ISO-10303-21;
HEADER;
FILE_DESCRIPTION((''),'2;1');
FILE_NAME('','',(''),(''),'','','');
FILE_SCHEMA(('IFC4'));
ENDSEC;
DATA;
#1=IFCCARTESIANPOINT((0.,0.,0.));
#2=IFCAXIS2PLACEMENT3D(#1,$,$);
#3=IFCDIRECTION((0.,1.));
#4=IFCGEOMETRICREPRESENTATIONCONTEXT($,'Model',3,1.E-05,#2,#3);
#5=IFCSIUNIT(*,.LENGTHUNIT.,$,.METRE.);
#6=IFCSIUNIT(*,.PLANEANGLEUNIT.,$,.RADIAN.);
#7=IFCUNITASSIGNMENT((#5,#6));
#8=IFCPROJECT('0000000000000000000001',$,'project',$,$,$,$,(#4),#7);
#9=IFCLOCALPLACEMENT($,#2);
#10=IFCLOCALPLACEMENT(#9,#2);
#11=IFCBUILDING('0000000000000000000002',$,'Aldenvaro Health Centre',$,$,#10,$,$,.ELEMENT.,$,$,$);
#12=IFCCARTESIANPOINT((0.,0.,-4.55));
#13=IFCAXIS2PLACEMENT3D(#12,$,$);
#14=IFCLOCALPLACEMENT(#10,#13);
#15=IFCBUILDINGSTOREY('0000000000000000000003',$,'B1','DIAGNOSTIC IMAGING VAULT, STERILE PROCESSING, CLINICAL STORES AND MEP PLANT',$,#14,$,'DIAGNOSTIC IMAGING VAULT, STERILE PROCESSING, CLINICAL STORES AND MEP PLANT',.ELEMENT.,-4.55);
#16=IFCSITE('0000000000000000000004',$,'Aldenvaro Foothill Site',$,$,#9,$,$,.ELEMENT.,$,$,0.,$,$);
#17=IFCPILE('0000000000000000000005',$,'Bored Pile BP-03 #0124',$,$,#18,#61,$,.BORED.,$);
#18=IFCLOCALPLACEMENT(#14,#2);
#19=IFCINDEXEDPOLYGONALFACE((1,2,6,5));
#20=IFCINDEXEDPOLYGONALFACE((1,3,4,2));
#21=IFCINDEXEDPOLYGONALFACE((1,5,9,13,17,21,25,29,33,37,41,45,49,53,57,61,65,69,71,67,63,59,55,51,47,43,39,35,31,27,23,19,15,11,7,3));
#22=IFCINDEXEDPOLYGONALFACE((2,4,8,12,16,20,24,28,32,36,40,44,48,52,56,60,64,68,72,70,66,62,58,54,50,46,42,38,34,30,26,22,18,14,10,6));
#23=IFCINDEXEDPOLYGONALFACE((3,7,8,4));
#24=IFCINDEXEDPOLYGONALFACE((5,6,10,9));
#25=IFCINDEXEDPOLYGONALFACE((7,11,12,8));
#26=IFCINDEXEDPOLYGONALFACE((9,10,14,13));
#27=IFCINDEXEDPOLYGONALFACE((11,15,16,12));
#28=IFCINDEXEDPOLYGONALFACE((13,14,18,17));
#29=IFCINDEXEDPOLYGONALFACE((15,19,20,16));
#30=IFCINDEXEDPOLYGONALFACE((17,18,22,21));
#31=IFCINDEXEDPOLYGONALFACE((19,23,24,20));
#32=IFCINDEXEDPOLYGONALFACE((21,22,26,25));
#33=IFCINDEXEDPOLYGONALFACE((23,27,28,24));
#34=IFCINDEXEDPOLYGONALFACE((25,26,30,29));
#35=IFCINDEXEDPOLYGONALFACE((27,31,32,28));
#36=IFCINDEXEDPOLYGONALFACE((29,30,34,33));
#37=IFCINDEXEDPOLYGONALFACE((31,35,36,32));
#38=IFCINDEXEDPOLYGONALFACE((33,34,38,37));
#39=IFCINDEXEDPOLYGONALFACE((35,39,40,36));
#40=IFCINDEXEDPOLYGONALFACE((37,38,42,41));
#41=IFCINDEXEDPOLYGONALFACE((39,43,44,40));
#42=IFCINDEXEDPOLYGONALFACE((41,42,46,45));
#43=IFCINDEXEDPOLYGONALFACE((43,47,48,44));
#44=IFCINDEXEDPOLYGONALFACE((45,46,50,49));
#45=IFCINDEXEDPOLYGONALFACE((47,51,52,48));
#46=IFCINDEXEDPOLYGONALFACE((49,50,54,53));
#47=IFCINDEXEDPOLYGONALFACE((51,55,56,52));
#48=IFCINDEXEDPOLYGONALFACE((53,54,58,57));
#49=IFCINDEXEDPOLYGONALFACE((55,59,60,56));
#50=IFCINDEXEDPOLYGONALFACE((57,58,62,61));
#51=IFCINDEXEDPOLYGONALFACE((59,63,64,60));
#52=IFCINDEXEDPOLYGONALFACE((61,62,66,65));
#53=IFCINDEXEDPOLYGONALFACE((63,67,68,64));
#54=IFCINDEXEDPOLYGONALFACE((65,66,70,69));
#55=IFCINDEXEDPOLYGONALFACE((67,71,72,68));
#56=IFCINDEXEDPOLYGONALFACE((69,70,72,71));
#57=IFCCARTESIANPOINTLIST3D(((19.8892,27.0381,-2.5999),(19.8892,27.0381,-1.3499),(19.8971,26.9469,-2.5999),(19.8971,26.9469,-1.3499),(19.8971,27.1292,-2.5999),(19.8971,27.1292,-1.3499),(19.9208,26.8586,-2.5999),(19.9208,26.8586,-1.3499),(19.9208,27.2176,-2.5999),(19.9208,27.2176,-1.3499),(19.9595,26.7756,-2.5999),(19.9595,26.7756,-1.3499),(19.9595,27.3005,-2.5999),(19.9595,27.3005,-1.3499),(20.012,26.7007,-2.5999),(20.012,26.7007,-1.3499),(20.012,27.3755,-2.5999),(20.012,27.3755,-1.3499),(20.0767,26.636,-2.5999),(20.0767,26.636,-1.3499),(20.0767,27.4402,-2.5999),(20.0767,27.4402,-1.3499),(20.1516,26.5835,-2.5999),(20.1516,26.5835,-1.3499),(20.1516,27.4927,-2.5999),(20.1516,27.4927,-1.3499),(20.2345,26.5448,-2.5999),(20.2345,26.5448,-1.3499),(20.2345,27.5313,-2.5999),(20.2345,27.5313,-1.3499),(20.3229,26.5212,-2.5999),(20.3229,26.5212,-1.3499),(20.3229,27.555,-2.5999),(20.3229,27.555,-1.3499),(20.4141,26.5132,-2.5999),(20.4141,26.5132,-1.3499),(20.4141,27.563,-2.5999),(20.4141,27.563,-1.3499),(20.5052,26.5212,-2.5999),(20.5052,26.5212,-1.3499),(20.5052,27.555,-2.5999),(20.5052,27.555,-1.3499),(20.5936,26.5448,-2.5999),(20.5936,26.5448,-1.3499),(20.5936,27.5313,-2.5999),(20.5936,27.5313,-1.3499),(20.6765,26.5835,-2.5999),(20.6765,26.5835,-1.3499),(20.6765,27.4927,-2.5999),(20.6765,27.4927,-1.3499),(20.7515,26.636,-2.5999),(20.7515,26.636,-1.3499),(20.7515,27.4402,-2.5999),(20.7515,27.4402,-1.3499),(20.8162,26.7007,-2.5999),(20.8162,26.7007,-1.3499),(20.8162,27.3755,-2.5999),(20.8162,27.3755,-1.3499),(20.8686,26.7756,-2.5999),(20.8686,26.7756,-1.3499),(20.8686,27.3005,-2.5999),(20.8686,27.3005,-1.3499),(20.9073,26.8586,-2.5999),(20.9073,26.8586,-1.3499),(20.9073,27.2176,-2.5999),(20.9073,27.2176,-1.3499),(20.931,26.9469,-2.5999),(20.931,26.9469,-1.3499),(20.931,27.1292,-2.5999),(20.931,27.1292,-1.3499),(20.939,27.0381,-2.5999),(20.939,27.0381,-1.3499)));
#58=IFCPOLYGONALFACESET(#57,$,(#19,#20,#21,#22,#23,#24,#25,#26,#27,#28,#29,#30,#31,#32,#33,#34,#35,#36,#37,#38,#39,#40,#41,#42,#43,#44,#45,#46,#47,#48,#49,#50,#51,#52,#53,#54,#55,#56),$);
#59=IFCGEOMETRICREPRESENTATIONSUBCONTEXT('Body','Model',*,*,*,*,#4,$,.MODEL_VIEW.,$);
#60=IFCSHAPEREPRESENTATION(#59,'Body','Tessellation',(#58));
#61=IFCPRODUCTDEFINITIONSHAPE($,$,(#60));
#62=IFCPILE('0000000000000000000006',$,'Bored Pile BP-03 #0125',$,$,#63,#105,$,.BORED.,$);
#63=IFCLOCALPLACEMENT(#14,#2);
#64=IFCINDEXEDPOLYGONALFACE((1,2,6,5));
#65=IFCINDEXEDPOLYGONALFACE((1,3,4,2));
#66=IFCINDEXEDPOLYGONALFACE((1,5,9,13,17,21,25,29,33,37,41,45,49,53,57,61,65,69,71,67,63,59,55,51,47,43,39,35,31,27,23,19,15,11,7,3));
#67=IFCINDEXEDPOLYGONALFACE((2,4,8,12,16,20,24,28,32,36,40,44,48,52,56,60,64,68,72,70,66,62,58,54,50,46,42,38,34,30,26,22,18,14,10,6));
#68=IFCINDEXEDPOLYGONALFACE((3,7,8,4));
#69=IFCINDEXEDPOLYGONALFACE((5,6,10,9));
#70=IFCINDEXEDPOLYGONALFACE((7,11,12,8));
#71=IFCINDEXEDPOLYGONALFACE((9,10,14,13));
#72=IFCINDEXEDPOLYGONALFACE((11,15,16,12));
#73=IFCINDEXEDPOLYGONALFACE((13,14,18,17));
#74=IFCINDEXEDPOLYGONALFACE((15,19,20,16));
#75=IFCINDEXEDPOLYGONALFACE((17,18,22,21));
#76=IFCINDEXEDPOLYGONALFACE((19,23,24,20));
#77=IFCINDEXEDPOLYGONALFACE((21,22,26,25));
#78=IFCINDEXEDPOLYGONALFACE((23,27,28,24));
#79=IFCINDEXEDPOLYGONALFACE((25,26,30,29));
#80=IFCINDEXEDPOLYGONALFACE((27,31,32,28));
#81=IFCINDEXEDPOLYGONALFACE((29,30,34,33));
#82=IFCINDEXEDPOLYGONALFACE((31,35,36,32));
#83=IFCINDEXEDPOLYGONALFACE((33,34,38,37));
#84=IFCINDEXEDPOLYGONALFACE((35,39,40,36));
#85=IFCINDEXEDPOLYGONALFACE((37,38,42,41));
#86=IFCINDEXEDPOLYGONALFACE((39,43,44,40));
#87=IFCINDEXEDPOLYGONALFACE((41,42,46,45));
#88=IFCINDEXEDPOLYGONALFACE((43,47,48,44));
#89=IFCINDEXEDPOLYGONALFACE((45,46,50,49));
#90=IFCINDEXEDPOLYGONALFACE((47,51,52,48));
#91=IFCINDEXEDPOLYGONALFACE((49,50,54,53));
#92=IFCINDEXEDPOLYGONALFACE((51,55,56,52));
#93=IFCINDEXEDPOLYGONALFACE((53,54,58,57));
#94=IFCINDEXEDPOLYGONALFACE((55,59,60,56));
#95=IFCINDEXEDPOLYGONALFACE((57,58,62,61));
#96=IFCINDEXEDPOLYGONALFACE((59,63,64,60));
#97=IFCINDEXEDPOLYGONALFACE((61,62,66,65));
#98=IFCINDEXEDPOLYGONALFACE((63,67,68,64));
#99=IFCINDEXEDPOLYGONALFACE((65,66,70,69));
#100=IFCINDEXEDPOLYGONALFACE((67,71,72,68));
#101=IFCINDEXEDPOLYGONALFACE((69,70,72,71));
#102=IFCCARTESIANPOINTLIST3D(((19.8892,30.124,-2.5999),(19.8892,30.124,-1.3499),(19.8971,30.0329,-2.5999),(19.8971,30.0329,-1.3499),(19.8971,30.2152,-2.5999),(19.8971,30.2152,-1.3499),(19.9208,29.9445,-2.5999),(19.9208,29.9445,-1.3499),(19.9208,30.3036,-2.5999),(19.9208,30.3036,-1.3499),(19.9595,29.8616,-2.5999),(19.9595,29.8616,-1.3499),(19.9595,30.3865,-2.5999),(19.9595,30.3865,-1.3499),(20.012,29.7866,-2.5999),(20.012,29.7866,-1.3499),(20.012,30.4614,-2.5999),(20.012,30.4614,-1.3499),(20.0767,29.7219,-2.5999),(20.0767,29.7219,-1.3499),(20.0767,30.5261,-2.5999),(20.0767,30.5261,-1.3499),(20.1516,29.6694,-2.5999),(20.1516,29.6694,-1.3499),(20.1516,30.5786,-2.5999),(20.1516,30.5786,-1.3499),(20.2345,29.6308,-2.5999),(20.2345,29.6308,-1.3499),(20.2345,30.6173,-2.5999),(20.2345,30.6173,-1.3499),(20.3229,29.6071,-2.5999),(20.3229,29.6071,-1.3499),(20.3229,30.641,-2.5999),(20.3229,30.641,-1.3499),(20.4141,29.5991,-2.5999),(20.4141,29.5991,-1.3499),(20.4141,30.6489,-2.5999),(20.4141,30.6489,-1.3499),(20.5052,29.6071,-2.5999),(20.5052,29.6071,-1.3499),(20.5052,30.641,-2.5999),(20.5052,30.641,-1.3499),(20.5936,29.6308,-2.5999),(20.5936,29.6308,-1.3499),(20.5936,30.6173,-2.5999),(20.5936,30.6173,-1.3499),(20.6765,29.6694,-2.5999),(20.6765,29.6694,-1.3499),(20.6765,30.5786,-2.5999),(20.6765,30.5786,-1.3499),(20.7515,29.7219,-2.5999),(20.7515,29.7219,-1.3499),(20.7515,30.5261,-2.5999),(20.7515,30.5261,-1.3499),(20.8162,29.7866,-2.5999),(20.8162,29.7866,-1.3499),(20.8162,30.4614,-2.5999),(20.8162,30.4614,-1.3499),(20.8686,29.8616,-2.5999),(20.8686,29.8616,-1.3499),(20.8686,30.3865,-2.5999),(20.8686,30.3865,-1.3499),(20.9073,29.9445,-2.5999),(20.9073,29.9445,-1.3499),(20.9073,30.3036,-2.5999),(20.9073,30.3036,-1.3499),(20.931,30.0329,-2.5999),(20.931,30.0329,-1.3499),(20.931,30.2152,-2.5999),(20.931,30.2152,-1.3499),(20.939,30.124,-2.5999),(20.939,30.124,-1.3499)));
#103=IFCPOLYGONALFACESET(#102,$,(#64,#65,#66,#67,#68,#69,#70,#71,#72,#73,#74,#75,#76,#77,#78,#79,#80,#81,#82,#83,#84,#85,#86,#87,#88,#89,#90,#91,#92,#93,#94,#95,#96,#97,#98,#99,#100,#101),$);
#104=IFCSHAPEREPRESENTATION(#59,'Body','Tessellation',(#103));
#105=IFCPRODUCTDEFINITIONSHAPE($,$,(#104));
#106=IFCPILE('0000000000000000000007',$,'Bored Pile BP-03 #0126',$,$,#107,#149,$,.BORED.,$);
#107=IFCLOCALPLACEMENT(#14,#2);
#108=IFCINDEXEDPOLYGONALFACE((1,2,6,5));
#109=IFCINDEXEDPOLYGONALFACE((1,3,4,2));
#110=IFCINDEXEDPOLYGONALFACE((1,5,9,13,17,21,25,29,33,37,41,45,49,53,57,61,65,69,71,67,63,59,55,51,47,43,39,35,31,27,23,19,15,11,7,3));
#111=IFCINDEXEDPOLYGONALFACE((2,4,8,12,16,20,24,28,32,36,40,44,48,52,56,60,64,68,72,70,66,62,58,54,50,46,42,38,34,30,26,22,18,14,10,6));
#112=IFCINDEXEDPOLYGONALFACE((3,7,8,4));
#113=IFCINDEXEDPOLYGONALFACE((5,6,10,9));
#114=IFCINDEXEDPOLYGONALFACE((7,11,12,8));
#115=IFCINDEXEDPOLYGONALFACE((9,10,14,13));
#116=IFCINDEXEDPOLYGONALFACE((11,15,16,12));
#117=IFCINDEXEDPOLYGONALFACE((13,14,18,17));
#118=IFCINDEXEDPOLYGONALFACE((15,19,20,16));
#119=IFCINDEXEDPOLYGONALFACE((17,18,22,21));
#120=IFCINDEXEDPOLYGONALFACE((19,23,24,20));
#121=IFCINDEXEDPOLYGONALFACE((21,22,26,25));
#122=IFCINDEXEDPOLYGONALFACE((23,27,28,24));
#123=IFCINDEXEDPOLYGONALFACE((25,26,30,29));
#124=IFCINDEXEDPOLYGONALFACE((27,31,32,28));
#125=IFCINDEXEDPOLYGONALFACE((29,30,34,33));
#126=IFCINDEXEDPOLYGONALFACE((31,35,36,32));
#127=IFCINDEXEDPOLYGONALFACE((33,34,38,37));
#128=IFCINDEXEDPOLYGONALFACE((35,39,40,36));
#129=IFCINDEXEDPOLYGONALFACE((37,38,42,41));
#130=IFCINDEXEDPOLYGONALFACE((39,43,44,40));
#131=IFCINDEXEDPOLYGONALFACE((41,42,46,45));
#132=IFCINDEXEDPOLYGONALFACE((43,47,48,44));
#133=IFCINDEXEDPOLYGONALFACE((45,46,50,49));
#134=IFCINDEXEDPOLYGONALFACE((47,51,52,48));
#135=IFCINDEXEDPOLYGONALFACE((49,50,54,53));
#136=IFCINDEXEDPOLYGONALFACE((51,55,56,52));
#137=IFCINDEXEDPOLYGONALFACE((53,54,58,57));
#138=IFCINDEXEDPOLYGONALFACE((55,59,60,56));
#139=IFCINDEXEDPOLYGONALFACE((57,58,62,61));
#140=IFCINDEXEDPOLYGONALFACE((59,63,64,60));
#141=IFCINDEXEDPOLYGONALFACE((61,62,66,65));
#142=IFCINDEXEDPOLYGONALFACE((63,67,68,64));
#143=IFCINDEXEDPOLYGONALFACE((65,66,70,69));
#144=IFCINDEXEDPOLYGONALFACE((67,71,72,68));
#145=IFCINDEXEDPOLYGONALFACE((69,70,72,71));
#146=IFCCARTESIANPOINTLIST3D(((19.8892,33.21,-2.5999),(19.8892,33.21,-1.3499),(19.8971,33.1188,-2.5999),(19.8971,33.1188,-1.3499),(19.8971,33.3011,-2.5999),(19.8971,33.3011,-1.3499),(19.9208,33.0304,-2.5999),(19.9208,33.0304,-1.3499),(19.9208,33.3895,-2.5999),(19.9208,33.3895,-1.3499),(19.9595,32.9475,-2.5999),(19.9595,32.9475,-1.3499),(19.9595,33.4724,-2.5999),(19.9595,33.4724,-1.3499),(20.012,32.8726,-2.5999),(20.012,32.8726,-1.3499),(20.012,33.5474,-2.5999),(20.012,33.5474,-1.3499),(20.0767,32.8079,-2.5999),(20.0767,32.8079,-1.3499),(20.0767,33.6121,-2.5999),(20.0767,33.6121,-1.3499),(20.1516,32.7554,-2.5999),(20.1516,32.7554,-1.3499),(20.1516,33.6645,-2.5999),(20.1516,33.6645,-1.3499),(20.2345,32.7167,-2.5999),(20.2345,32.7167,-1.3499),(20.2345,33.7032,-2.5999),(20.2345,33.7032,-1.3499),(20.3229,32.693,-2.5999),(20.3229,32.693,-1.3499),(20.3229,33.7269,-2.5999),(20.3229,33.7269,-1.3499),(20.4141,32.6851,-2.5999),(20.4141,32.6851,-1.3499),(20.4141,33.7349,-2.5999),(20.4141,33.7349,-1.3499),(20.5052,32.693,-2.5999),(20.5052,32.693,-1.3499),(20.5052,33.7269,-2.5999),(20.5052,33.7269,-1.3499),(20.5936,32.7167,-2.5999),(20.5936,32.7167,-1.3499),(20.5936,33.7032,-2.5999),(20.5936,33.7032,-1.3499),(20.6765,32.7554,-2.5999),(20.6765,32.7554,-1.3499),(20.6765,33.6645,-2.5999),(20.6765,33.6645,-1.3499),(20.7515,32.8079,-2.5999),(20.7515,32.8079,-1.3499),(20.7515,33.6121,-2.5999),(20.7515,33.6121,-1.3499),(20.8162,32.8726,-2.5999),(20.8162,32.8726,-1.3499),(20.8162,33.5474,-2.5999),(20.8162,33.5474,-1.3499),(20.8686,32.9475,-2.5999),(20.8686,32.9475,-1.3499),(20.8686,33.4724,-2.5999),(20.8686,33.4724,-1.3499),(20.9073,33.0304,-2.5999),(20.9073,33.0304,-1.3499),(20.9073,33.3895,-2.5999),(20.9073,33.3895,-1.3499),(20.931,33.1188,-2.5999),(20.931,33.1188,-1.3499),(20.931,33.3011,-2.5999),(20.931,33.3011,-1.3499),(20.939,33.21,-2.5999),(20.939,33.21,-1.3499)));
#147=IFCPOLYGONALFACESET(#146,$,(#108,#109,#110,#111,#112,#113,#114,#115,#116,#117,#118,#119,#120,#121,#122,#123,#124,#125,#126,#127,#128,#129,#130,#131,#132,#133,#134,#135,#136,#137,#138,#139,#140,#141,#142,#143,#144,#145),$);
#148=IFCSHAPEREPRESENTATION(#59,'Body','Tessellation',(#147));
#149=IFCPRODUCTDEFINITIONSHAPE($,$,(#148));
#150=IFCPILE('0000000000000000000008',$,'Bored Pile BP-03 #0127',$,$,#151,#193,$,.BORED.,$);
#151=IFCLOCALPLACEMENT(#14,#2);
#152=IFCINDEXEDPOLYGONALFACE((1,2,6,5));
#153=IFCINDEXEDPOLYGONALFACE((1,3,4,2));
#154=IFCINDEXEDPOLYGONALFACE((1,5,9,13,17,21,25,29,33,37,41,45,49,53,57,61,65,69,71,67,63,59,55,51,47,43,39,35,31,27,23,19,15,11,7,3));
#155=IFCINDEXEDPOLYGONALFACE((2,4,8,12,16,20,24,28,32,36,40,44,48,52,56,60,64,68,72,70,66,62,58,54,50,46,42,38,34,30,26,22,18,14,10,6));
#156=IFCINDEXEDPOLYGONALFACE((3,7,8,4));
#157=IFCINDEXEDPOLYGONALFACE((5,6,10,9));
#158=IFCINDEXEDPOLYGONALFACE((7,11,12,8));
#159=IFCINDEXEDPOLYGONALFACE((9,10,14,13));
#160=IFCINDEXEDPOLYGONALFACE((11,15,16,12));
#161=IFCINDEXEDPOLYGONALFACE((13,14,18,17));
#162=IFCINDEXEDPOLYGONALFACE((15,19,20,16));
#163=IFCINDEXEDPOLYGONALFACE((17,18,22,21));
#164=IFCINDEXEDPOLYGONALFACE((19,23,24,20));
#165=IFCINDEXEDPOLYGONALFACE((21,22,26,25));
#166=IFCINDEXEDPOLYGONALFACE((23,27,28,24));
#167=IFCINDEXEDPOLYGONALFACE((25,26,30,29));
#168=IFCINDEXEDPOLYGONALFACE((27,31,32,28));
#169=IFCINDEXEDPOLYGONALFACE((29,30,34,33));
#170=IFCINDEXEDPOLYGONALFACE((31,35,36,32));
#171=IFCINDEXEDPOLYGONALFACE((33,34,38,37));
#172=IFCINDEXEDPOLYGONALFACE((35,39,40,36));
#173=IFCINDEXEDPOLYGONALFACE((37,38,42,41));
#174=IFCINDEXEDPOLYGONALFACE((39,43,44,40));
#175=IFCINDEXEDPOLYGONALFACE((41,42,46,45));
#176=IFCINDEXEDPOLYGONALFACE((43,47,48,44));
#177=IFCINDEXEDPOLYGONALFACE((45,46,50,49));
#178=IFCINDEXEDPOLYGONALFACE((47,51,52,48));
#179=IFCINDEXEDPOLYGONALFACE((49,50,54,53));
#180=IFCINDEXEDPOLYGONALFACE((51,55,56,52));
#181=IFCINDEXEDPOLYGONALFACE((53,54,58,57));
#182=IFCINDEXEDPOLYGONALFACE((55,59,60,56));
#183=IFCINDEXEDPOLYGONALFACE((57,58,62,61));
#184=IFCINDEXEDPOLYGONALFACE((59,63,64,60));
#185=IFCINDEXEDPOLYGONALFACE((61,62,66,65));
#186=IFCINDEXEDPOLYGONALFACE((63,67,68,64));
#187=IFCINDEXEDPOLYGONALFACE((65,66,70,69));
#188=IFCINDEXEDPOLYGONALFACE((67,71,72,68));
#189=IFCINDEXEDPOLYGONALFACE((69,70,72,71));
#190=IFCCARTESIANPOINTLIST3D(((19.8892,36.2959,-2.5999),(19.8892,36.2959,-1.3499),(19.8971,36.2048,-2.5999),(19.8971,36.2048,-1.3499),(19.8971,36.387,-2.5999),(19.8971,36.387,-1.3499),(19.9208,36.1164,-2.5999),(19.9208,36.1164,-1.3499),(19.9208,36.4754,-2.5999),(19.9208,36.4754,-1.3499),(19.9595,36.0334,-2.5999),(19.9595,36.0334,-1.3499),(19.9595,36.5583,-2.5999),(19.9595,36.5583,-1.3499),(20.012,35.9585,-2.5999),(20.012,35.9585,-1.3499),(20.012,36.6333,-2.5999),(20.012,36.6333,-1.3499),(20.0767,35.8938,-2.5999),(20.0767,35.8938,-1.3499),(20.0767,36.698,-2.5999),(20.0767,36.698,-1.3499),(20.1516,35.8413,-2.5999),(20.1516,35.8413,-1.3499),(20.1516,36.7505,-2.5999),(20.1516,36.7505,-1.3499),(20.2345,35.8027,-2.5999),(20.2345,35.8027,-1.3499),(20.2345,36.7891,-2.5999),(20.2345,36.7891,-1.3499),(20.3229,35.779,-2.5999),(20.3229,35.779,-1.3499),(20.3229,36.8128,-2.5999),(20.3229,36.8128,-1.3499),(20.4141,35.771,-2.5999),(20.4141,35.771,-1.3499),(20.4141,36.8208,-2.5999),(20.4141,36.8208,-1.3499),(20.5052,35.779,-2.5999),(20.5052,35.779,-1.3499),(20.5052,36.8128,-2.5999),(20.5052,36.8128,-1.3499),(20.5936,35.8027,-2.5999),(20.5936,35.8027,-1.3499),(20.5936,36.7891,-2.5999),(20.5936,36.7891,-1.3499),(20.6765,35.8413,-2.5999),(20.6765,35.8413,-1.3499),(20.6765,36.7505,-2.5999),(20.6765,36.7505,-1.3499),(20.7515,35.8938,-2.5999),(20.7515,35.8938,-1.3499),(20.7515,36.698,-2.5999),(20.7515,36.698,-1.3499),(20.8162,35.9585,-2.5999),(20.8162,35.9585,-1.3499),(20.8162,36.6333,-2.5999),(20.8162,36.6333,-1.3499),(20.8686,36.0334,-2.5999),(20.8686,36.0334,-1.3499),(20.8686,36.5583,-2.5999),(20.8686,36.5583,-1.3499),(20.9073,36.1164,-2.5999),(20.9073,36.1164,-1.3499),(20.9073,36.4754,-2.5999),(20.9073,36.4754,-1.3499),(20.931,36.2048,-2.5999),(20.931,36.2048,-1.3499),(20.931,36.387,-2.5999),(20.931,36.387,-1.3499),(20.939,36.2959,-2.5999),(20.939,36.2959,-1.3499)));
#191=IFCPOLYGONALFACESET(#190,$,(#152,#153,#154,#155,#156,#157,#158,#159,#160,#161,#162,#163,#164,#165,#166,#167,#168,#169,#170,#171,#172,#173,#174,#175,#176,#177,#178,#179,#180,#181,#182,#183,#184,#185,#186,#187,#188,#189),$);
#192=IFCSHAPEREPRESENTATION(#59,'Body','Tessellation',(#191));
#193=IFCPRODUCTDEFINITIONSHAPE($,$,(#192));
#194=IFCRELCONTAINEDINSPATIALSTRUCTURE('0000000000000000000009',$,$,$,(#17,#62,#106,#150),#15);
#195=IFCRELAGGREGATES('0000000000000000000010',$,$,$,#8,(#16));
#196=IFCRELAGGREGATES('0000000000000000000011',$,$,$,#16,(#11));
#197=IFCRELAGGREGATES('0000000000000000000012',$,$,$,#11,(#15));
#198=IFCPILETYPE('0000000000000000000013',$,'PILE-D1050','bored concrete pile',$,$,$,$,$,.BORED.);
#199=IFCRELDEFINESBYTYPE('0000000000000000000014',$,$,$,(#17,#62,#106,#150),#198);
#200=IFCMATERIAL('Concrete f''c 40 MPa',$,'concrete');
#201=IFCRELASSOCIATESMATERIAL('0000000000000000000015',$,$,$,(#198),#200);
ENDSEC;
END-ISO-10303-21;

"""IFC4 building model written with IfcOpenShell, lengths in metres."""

from ifc_helpers import new_model, si_unit, direction, frame, origin, origin_2d, place, context, subcontext, project, spatial, circle, extrude, material, material_profile, profile_set, type_object, element, save


model = new_model("IFC4")

# Units and contexts
model_context = context("Model", 3, precision=1e-05, world=origin(), true_north=direction((0.0, 1.0)))
body_context = subcontext(model_context, "Body", "Model", "MODEL_VIEW")
ifc_project = project(units=[si_unit("LENGTHUNIT", "METRE"), si_unit("PLANEANGLEUNIT", "RADIAN")], contexts=[model_context])

# Site, building, storey
site_placement = place(None, origin())
site = spatial("IfcSite", under=ifc_project, at=site_placement, Name="Aldenvaro Foothill Site", CompositionType="ELEMENT", RefElevation=0.0)
building_placement = place(site_placement, origin())
building = spatial("IfcBuilding", under=site, at=building_placement, Name="Aldenvaro Health Centre", CompositionType="ELEMENT")
storey_placement = place(building_placement, frame((0.0, 0.0, -4.55)))
storey = spatial("IfcBuildingStorey", under=building, at=storey_placement, Name="B1", Description="DIAGNOSTIC IMAGING VAULT, STERILE PROCESSING, CLINICAL STORES AND MEP PLANT", LongName="DIAGNOSTIC IMAGING VAULT, STERILE PROCESSING, CLINICAL STORES AND MEP PLANT", CompositionType="ELEMENT", Elevation=-4.55)

# Piles
ifc_material_1 = material(Name="Concrete f'c 40 MPa", Category="concrete")
ifc_material_profile_1 = material_profile(ifc_material_1, circle(Radius=0.5249, at=origin_2d()), Name="PILE D1050", Category="concrete")
ifc_profile_set_1 = profile_set([ifc_material_profile_1], Name="Concrete f'c 40 MPa")
pile_type = type_object("IfcPileType", Name="PILE-D1050", Description="bored concrete pile", PredefinedType="BORED", material=ifc_profile_set_1)
for number, where, z_axis, x_axis, name in (
    (1, (20.4141, 27.0381, -1.3499), (0.0, 0.0, -1.0), (1.0, 0.0, 0.0), "Bored Pile BP-03 #0124"),
    (2, (20.4141, 30.124, -1.3499), (0.0, 0.0, -1.0), (1.0, 0.0, 0.0), "Bored Pile BP-03 #0125"),
    (3, (20.4141, 33.21, -1.3499), (0.0, 0.0, -1.0), (1.0, 0.0, 0.0), "Bored Pile BP-03 #0126"),
    (4, (20.4141, 36.2959, -1.3499), (0.0, 0.0, -1.0), (1.0, 0.0, 0.0), "Bored Pile BP-03 #0127"),
):
    element("IfcPile", number, at=place(storey_placement, frame(where, z_axis=z_axis, x_axis=x_axis)), inside=storey, type_object=pile_type, Name=name, PredefinedType="BORED", context=body_context, shape_type="SweptSolid", body=[
        extrude(circle(Radius=0.5249, at=origin_2d()), origin(), (0.0, 0.0, 1.0), 1.25),
    ])

save(model, "model.ifc")
